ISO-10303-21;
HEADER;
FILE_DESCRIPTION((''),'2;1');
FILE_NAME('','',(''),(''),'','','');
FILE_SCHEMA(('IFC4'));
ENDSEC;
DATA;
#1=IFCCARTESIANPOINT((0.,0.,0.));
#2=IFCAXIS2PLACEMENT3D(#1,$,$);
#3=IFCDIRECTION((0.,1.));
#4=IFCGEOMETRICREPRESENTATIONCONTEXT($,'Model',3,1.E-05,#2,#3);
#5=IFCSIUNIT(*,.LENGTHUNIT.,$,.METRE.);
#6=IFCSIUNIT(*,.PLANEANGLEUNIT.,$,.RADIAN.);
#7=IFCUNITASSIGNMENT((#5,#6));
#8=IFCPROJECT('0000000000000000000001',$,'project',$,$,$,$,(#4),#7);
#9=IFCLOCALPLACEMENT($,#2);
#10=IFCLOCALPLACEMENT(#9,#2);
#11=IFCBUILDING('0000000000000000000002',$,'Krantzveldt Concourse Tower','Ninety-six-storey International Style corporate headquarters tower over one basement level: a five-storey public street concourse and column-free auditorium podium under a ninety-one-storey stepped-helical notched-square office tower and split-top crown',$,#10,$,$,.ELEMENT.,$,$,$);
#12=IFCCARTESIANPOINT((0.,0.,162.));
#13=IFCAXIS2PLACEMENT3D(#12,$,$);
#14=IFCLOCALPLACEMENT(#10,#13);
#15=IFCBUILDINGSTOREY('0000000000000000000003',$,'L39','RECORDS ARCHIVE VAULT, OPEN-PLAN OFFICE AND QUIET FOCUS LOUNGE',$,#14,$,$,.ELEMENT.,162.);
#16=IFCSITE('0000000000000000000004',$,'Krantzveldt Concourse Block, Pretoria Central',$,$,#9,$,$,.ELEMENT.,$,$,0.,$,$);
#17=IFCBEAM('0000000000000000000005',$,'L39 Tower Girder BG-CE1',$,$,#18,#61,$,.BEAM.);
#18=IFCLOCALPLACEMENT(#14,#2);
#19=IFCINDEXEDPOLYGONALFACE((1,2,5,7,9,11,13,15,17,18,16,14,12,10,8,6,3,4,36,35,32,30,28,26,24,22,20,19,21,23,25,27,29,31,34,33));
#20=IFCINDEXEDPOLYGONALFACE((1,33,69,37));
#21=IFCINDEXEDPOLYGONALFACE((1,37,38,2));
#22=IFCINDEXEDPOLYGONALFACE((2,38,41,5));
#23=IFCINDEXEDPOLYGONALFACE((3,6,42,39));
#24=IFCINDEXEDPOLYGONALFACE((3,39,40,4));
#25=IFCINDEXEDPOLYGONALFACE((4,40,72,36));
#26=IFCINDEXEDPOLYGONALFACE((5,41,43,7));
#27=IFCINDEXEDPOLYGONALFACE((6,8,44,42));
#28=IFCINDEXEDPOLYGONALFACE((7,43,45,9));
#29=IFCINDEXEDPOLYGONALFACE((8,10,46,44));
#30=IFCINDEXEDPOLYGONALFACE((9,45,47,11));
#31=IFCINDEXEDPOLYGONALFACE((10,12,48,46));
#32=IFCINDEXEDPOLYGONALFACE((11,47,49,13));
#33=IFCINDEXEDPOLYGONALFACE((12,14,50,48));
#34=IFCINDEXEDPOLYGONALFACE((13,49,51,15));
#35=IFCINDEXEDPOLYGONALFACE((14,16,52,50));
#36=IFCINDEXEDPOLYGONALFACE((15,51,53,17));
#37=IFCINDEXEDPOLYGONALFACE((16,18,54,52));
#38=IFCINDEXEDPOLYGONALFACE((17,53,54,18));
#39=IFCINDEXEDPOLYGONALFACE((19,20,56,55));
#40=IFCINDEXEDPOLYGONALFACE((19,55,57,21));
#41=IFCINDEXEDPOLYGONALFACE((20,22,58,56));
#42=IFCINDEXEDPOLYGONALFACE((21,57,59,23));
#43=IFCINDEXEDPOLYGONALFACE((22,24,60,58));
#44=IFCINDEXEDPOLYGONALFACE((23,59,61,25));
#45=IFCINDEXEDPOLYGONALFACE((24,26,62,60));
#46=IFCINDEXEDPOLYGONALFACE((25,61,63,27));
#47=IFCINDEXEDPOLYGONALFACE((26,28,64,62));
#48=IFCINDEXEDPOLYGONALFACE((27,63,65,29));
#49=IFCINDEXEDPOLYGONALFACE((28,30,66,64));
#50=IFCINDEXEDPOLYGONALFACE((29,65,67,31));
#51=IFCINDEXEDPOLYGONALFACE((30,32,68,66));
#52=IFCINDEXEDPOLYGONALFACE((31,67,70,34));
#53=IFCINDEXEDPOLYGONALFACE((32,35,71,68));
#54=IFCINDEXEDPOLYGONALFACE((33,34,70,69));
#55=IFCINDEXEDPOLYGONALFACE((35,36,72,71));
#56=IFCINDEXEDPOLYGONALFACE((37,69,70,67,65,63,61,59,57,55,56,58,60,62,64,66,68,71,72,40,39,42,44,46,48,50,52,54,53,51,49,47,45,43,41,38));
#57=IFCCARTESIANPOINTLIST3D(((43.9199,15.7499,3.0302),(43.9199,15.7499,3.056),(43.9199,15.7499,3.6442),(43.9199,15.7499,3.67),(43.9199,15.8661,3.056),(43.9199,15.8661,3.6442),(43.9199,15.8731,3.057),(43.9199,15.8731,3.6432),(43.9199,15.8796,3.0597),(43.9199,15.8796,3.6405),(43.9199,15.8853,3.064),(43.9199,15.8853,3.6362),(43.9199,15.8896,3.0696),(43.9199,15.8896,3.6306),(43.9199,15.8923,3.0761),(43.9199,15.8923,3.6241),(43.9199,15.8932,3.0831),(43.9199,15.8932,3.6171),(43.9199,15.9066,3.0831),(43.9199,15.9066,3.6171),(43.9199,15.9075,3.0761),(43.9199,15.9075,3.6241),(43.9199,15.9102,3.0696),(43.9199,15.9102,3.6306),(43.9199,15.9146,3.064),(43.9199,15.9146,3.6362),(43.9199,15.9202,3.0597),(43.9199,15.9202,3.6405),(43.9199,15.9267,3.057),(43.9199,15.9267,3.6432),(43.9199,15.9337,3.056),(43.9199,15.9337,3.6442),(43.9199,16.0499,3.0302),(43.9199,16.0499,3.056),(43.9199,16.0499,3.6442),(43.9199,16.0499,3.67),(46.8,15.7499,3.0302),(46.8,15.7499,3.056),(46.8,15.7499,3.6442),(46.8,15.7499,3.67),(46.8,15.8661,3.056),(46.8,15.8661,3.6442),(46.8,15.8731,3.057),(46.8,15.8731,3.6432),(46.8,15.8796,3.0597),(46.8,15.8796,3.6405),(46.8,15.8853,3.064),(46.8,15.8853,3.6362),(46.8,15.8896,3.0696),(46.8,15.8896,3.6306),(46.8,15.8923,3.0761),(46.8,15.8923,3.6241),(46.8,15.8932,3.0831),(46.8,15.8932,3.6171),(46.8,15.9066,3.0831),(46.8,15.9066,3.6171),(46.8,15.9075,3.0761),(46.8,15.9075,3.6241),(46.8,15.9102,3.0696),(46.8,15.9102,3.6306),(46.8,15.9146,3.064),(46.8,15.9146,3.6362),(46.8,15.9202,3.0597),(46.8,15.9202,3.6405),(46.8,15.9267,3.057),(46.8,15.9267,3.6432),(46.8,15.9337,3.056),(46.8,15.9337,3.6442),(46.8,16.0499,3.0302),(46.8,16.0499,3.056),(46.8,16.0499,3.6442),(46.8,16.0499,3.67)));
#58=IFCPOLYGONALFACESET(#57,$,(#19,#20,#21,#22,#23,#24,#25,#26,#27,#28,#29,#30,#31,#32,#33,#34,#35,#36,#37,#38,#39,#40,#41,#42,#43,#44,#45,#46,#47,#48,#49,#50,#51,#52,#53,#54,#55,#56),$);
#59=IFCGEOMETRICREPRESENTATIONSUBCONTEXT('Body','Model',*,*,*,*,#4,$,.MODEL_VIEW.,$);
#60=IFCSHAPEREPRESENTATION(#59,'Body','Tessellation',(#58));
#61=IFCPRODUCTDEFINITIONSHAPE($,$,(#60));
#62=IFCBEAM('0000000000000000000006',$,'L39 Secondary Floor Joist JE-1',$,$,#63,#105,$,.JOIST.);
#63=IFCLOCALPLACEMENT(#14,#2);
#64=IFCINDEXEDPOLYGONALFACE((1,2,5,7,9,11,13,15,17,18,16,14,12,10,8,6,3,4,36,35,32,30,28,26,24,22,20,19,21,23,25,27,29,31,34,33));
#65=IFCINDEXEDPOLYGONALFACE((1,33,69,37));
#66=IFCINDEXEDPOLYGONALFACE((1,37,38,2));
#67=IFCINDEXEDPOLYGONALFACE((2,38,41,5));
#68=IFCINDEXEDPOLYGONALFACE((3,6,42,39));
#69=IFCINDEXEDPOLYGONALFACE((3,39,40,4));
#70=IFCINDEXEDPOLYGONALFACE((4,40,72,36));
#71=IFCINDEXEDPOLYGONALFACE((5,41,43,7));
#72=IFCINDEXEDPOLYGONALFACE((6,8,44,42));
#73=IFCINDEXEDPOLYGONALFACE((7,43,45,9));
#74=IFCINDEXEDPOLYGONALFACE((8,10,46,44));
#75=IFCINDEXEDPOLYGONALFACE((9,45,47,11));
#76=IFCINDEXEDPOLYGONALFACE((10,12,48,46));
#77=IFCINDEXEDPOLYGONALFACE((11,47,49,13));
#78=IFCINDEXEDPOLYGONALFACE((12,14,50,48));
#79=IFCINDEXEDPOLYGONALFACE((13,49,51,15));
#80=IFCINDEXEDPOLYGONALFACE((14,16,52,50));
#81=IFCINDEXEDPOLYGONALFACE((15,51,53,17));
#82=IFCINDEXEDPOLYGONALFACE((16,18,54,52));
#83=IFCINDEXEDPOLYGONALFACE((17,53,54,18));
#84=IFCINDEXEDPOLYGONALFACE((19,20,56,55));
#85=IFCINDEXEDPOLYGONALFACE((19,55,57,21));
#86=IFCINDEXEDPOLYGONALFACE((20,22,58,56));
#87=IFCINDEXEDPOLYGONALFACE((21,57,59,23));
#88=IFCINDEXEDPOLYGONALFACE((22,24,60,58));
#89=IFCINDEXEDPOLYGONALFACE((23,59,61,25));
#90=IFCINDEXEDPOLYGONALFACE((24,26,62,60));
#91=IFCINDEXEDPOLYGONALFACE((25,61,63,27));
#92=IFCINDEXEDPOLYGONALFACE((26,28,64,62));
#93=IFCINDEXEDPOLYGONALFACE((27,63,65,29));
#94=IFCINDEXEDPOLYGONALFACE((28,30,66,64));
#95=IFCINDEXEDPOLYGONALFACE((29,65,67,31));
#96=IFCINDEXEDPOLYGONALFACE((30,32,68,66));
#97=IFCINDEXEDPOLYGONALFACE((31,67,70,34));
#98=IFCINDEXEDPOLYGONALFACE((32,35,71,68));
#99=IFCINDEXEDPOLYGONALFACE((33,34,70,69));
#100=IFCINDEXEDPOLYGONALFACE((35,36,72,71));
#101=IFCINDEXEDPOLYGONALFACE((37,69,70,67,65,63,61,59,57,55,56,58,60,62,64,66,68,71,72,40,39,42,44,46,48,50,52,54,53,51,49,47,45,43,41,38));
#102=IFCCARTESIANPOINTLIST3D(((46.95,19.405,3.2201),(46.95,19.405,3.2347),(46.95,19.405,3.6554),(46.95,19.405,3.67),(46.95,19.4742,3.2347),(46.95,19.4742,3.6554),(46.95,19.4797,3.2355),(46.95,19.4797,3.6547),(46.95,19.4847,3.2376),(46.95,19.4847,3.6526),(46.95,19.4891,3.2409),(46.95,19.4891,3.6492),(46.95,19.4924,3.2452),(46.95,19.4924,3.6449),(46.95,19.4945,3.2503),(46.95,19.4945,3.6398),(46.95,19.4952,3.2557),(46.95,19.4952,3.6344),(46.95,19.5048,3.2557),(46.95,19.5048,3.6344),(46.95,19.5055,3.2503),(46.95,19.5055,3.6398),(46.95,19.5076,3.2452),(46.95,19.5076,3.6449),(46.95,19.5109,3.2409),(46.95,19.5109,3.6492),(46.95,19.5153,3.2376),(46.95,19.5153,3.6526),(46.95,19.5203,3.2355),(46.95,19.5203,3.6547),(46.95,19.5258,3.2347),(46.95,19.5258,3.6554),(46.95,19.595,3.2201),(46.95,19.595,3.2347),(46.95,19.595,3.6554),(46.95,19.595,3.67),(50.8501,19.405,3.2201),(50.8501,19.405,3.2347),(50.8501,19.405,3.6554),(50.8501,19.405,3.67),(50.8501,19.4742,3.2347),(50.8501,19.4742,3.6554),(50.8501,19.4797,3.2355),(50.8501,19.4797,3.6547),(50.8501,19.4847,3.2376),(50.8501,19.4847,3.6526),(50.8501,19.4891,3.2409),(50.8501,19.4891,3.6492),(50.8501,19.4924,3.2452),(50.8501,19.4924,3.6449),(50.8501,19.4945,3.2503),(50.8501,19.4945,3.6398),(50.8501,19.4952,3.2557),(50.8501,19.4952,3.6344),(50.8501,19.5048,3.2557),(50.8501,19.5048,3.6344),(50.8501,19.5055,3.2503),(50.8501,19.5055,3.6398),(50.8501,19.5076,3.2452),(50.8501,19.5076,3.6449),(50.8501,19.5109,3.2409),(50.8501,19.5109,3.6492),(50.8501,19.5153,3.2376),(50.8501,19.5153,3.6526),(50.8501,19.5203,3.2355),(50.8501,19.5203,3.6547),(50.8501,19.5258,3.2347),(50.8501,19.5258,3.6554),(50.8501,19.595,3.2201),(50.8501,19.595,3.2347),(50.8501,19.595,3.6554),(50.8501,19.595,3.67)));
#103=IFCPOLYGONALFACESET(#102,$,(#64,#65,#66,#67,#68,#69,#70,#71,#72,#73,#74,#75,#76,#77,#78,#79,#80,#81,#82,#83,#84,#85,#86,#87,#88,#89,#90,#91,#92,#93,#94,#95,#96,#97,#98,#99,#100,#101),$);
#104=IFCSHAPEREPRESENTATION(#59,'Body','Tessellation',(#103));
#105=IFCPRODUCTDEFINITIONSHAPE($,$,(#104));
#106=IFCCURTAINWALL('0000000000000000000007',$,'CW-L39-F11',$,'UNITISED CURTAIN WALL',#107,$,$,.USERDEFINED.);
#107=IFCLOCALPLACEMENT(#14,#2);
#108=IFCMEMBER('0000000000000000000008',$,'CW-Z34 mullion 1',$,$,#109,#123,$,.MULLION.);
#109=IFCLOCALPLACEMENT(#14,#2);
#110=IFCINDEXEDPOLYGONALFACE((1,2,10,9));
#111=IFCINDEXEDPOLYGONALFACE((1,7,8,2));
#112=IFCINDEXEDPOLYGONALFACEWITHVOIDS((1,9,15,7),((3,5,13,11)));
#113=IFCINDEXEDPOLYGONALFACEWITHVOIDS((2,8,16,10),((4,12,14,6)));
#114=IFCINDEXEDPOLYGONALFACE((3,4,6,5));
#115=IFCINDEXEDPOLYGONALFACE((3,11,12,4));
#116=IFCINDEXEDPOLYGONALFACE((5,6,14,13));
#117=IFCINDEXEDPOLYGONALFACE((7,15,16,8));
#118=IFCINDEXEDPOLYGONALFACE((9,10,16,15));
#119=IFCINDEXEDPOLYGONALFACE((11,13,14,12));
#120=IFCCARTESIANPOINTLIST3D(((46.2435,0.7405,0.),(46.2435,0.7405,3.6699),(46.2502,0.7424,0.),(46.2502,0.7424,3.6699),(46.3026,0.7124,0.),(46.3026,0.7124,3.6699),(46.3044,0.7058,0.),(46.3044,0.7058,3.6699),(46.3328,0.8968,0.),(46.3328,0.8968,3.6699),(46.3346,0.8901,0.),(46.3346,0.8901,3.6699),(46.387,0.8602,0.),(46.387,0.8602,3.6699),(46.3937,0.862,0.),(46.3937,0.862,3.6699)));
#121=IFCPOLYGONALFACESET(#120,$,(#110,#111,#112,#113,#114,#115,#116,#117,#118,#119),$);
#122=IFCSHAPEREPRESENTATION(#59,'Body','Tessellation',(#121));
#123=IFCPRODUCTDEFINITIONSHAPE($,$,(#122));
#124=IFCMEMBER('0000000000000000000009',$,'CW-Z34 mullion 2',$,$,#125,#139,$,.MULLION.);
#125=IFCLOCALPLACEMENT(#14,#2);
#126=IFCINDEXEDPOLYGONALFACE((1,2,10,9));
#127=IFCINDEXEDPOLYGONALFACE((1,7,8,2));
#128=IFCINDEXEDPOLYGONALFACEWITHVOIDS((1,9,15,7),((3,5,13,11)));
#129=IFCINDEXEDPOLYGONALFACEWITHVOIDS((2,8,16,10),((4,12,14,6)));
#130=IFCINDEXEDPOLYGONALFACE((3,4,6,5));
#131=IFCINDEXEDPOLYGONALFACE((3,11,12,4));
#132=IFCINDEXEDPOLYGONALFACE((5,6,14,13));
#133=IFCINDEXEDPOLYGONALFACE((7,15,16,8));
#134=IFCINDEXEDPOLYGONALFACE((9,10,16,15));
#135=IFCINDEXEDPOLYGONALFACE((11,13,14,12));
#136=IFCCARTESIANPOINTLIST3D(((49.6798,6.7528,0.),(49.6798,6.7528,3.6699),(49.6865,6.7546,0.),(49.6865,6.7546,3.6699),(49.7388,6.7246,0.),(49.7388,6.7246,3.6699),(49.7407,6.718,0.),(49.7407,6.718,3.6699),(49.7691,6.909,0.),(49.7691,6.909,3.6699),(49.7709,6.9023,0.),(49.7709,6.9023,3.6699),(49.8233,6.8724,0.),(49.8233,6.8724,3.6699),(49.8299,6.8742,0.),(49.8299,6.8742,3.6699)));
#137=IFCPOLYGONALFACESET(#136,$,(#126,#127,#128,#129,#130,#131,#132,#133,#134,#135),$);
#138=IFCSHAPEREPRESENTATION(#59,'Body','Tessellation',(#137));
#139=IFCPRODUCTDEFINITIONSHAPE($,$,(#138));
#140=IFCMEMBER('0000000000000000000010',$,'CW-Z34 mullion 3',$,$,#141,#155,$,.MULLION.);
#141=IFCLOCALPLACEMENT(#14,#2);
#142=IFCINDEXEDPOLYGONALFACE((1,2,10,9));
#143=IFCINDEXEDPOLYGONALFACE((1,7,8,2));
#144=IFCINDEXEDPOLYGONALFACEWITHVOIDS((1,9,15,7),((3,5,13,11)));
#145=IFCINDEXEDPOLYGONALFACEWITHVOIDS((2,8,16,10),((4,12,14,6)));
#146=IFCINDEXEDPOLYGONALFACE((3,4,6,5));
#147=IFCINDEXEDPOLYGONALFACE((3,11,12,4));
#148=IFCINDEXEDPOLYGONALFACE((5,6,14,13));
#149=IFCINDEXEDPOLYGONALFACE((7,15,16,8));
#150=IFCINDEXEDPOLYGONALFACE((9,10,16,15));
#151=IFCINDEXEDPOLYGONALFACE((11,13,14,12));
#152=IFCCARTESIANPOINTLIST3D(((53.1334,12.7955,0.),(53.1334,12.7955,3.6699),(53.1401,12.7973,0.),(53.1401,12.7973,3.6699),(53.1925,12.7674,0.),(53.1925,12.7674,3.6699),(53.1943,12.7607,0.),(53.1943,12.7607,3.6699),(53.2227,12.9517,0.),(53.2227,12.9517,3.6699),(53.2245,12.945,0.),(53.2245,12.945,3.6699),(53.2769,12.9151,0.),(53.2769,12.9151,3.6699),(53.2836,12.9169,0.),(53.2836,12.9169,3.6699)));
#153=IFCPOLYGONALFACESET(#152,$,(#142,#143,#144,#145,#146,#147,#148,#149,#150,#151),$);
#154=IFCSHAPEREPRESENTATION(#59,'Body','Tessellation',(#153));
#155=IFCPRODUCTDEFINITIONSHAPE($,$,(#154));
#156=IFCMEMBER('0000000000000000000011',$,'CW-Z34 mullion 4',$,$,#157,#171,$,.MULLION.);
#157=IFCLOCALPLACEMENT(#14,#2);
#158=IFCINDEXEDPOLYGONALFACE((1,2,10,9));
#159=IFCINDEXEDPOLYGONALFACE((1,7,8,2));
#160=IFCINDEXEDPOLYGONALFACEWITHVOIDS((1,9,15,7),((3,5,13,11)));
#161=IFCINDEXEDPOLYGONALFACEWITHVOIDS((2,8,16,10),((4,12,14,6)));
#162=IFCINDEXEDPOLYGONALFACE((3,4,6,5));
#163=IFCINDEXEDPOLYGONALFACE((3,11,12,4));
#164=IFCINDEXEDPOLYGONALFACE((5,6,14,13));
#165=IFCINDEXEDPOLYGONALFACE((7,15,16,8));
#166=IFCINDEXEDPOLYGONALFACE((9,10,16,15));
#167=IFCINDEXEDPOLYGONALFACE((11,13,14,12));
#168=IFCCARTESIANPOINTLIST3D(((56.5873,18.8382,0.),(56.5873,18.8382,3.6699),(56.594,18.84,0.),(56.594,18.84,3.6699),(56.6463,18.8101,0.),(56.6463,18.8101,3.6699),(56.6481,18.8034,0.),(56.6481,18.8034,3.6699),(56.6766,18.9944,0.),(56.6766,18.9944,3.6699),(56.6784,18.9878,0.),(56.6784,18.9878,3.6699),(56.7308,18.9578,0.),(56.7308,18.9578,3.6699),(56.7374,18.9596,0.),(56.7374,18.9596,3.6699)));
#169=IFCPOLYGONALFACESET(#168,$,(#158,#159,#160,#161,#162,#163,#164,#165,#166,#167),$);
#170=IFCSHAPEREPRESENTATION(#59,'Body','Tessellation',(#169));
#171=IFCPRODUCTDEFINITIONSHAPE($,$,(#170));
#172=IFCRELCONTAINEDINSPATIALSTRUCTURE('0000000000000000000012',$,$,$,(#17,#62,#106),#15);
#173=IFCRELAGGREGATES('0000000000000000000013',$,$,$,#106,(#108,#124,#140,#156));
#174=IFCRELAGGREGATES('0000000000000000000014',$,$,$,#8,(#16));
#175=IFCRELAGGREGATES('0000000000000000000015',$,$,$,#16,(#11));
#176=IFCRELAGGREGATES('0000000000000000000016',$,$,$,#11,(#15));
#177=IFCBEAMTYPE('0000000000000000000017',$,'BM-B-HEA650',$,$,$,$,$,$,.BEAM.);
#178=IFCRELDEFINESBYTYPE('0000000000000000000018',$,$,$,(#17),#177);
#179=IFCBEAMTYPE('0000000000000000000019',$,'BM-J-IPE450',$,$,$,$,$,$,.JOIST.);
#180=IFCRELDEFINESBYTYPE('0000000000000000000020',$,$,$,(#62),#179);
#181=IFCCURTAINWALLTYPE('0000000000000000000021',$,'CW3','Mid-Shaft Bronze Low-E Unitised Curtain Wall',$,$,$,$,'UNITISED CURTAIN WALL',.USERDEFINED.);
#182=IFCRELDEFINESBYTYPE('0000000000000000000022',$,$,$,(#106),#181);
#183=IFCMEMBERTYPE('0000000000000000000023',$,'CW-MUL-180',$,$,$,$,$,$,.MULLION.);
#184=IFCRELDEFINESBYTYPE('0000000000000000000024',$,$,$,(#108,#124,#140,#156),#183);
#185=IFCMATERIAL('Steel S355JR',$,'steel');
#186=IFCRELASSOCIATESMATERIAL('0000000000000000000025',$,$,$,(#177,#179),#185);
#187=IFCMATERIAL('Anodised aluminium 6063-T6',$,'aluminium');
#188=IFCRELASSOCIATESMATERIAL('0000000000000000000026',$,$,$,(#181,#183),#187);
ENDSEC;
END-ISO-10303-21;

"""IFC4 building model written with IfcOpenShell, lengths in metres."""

from ifc_helpers import new_model, si_unit, direction, frame, origin, origin_2d, place, context, subcontext, project, spatial, hollow_rectangle, i_section, extrude, source, transform, mapped, material, material_profile, profile_set, type_object, type_shapes, element, aggregate, save


model = new_model("IFC4")

# Units and contexts
model_context = context("Model", 3, precision=1e-05, world=origin(), true_north=direction((0.0, 1.0)))
body_context = subcontext(model_context, "Body", "Model", "MODEL_VIEW")
ifc_project = project(units=[si_unit("LENGTHUNIT", "METRE"), si_unit("PLANEANGLEUNIT", "RADIAN")], contexts=[model_context])

# Site, building, storey
site_placement = place(None, origin())
site = spatial("IfcSite", under=ifc_project, at=site_placement, Name="Krantzveldt Concourse Block, Pretoria Central", CompositionType="ELEMENT", RefElevation=0.0)
building_placement = place(site_placement, origin())
building = spatial("IfcBuilding", under=site, at=building_placement, Name="Krantzveldt Concourse Tower", Description="Ninety-six-storey International Style corporate headquarters tower over one basement level: a five-storey public street concourse and column-free auditorium podium under a ninety-one-storey stepped-helical notched-square office tower and split-top crown", CompositionType="ELEMENT")
storey_placement = place(building_placement, frame((0.0, 0.0, 162.0)))
storey = spatial("IfcBuildingStorey", under=building, at=storey_placement, Name="L39", Description="RECORDS ARCHIVE VAULT, OPEN-PLAN OFFICE AND QUIET FOCUS LOUNGE", CompositionType="ELEMENT", Elevation=162.0)

# Beams
ifc_material_1 = material(Name="Steel S355JR", Category="steel")
ifc_material_profile_1 = material_profile(ifc_material_1, i_section(OverallWidth=0.3, OverallDepth=0.6399, WebThickness=0.0134, FlangeThickness=0.0259, FilletRadius=0.0271, at=origin_2d()), Name="Steel S355JR", Category="steel")
ifc_profile_set_1 = profile_set([ifc_material_profile_1], Name="Steel S355JR - HEA 650")
beam_type_1 = type_object("IfcBeamType", Name="BM-B-HEA650", PredefinedType="BEAM", material=ifc_profile_set_1)
shared_shape_1 = source(origin(), body_context, "Body", "SweptSolid", [
    extrude(i_section(OverallWidth=0.3, OverallDepth=0.6399, WebThickness=0.0134, FlangeThickness=0.0259, FilletRadius=0.0271, at=origin_2d()), origin(), (0.0, 0.0, 1.0), 2.8801),
])
beam_1_placement = place(storey_placement, frame((43.9199, 15.8999, 3.3501), z_axis=(1.0, 0.0, 0.0), x_axis=(0.0, 1.0, 0.0)))
element("IfcBeam", 1, at=beam_1_placement, inside=storey, type_object=beam_type_1, Name="L39 Tower Girder BG-CE1", PredefinedType="BEAM", context=body_context, shape_type="MappedRepresentation", body=[
    mapped(shared_shape_1, transform((0.0, 0.0, 0.0), x_axis=(1.0, 0.0, 0.0), y_axis=(0.0, 1.0, 0.0), z_axis=(0.0, 0.0, 1.0), scale=1.0)),
])
ifc_material_profile_2 = material_profile(ifc_material_1, i_section(OverallWidth=0.1899, OverallDepth=0.45, WebThickness=0.0095, FlangeThickness=0.0146, FilletRadius=0.021, at=origin_2d()), Name="Steel S355JR", Category="steel")
ifc_profile_set_2 = profile_set([ifc_material_profile_2], Name="Steel S355JR - IPE 450")
beam_type_2 = type_object("IfcBeamType", Name="BM-J-IPE450", PredefinedType="JOIST", material=ifc_profile_set_2)
shared_shape_2 = source(origin(), body_context, "Body", "SweptSolid", [
    extrude(i_section(OverallWidth=0.1899, OverallDepth=0.45, WebThickness=0.0095, FlangeThickness=0.0146, FilletRadius=0.021, at=origin_2d()), origin(), (0.0, 0.0, 1.0), 3.9001),
])
type_shapes(beam_type_2, [shared_shape_2])
beam_2_placement = place(storey_placement, frame((46.95, 19.5, 3.4451), z_axis=(1.0, 0.0, 0.0), x_axis=(0.0, 1.0, 0.0)))
element("IfcBeam", 2, at=beam_2_placement, inside=storey, type_object=beam_type_2, Name="L39 Secondary Floor Joist JE-1", PredefinedType="JOIST", context=body_context, shape_type="MappedRepresentation", body=[
    mapped(shared_shape_2, transform((0.0, 0.0, 0.0), x_axis=(1.0, 0.0, 0.0), y_axis=(0.0, 1.0, 0.0), z_axis=(0.0, 0.0, 1.0), scale=1.0)),
])

# Curtain wall, members
ifc_material_2 = material(Name="Anodised aluminium 6063-T6", Category="aluminium")
curtain_wall_type = type_object("IfcCurtainWallType", Name="CW3", Description="Mid-Shaft Bronze Low-E Unitised Curtain Wall", ElementType="UNITISED CURTAIN WALL", PredefinedType="USERDEFINED", material=ifc_material_2)
curtain_wall_placement = place(storey_placement, origin())
curtain_wall = element("IfcCurtainWall", 3, at=curtain_wall_placement, inside=storey, type_object=curtain_wall_type, Name="CW-L39-F11", ObjectType="UNITISED CURTAIN WALL", PredefinedType="USERDEFINED")
ifc_material_profile_3 = material_profile(ifc_material_2, hollow_rectangle(XDim=0.0701, YDim=0.1799, WallThickness=0.0049, at=origin_2d()), Name="Anodised aluminium 6063-T6", Category="aluminium")
ifc_profile_set_3 = profile_set([ifc_material_profile_3], Name="Anodised aluminium 6063-T6 - ALU-MULL 180x70x5")
member_type_1 = type_object("IfcMemberType", Name="CW-MUL-180", PredefinedType="MULLION", material=ifc_profile_set_3)
shared_shape_3 = source(origin(), body_context, "Body", "SweptSolid", [
    extrude(hollow_rectangle(XDim=0.0701, YDim=0.1799, WallThickness=0.0049, at=origin_2d()), origin(), (0.0, 0.0, 1.0), 3.6699),
])
type_shapes(member_type_1, [shared_shape_3])
member_1_placement = place(storey_placement, frame((46.3186, 0.8013, 0.0), z_axis=(0.0, 0.0, 1.0), x_axis=(-0.868199, 0.496216, 0.0)))
member_1 = element("IfcMember", 4, at=member_1_placement, type_object=member_type_1, Name="CW-Z34 mullion 1", PredefinedType="MULLION", context=body_context, shape_type="MappedRepresentation", body=[
    mapped(shared_shape_3, transform((0.0, 0.0, 0.0), x_axis=(1.0, 0.0, 0.0), y_axis=(0.0, 1.0, 0.0), z_axis=(0.0, 0.0, 1.0), scale=1.0)),
])
member_2_placement = place(storey_placement, frame((49.7549, 6.8135, 0.0), z_axis=(0.0, 0.0, 1.0), x_axis=(-0.868199, 0.496216, 0.0)))
member_2 = element("IfcMember", 5, at=member_2_placement, type_object=member_type_1, Name="CW-Z34 mullion 2", PredefinedType="MULLION", context=body_context, shape_type="MappedRepresentation", body=[
    mapped(shared_shape_3, transform((0.0, 0.0, 0.0), x_axis=(1.0, 0.0, 0.0), y_axis=(0.0, 1.0, 0.0), z_axis=(0.0, 0.0, 1.0), scale=1.0)),
])
member_3_placement = place(storey_placement, frame((53.2085, 12.8562, 0.0), z_axis=(0.0, 0.0, 1.0), x_axis=(-0.868199, 0.496216, 0.0)))
member_3 = element("IfcMember", 6, at=member_3_placement, type_object=member_type_1, Name="CW-Z34 mullion 3", PredefinedType="MULLION", context=body_context, shape_type="MappedRepresentation", body=[
    mapped(shared_shape_3, transform((0.0, 0.0, 0.0), x_axis=(1.0, 0.0, 0.0), y_axis=(0.0, 1.0, 0.0), z_axis=(0.0, 0.0, 1.0), scale=1.0)),
])
member_4_placement = place(storey_placement, frame((56.6624, 18.8989, 0.0), z_axis=(0.0, 0.0, 1.0), x_axis=(-0.868199, 0.496216, 0.0)))
member_4 = element("IfcMember", 7, at=member_4_placement, type_object=member_type_1, Name="CW-Z34 mullion 4", PredefinedType="MULLION", context=body_context, shape_type="MappedRepresentation", body=[
    mapped(shared_shape_3, transform((0.0, 0.0, 0.0), x_axis=(1.0, 0.0, 0.0), y_axis=(0.0, 1.0, 0.0), z_axis=(0.0, 0.0, 1.0), scale=1.0)),
])
aggregate(curtain_wall, [member_1, member_2, member_3, member_4])

save(model, "model.ifc")
